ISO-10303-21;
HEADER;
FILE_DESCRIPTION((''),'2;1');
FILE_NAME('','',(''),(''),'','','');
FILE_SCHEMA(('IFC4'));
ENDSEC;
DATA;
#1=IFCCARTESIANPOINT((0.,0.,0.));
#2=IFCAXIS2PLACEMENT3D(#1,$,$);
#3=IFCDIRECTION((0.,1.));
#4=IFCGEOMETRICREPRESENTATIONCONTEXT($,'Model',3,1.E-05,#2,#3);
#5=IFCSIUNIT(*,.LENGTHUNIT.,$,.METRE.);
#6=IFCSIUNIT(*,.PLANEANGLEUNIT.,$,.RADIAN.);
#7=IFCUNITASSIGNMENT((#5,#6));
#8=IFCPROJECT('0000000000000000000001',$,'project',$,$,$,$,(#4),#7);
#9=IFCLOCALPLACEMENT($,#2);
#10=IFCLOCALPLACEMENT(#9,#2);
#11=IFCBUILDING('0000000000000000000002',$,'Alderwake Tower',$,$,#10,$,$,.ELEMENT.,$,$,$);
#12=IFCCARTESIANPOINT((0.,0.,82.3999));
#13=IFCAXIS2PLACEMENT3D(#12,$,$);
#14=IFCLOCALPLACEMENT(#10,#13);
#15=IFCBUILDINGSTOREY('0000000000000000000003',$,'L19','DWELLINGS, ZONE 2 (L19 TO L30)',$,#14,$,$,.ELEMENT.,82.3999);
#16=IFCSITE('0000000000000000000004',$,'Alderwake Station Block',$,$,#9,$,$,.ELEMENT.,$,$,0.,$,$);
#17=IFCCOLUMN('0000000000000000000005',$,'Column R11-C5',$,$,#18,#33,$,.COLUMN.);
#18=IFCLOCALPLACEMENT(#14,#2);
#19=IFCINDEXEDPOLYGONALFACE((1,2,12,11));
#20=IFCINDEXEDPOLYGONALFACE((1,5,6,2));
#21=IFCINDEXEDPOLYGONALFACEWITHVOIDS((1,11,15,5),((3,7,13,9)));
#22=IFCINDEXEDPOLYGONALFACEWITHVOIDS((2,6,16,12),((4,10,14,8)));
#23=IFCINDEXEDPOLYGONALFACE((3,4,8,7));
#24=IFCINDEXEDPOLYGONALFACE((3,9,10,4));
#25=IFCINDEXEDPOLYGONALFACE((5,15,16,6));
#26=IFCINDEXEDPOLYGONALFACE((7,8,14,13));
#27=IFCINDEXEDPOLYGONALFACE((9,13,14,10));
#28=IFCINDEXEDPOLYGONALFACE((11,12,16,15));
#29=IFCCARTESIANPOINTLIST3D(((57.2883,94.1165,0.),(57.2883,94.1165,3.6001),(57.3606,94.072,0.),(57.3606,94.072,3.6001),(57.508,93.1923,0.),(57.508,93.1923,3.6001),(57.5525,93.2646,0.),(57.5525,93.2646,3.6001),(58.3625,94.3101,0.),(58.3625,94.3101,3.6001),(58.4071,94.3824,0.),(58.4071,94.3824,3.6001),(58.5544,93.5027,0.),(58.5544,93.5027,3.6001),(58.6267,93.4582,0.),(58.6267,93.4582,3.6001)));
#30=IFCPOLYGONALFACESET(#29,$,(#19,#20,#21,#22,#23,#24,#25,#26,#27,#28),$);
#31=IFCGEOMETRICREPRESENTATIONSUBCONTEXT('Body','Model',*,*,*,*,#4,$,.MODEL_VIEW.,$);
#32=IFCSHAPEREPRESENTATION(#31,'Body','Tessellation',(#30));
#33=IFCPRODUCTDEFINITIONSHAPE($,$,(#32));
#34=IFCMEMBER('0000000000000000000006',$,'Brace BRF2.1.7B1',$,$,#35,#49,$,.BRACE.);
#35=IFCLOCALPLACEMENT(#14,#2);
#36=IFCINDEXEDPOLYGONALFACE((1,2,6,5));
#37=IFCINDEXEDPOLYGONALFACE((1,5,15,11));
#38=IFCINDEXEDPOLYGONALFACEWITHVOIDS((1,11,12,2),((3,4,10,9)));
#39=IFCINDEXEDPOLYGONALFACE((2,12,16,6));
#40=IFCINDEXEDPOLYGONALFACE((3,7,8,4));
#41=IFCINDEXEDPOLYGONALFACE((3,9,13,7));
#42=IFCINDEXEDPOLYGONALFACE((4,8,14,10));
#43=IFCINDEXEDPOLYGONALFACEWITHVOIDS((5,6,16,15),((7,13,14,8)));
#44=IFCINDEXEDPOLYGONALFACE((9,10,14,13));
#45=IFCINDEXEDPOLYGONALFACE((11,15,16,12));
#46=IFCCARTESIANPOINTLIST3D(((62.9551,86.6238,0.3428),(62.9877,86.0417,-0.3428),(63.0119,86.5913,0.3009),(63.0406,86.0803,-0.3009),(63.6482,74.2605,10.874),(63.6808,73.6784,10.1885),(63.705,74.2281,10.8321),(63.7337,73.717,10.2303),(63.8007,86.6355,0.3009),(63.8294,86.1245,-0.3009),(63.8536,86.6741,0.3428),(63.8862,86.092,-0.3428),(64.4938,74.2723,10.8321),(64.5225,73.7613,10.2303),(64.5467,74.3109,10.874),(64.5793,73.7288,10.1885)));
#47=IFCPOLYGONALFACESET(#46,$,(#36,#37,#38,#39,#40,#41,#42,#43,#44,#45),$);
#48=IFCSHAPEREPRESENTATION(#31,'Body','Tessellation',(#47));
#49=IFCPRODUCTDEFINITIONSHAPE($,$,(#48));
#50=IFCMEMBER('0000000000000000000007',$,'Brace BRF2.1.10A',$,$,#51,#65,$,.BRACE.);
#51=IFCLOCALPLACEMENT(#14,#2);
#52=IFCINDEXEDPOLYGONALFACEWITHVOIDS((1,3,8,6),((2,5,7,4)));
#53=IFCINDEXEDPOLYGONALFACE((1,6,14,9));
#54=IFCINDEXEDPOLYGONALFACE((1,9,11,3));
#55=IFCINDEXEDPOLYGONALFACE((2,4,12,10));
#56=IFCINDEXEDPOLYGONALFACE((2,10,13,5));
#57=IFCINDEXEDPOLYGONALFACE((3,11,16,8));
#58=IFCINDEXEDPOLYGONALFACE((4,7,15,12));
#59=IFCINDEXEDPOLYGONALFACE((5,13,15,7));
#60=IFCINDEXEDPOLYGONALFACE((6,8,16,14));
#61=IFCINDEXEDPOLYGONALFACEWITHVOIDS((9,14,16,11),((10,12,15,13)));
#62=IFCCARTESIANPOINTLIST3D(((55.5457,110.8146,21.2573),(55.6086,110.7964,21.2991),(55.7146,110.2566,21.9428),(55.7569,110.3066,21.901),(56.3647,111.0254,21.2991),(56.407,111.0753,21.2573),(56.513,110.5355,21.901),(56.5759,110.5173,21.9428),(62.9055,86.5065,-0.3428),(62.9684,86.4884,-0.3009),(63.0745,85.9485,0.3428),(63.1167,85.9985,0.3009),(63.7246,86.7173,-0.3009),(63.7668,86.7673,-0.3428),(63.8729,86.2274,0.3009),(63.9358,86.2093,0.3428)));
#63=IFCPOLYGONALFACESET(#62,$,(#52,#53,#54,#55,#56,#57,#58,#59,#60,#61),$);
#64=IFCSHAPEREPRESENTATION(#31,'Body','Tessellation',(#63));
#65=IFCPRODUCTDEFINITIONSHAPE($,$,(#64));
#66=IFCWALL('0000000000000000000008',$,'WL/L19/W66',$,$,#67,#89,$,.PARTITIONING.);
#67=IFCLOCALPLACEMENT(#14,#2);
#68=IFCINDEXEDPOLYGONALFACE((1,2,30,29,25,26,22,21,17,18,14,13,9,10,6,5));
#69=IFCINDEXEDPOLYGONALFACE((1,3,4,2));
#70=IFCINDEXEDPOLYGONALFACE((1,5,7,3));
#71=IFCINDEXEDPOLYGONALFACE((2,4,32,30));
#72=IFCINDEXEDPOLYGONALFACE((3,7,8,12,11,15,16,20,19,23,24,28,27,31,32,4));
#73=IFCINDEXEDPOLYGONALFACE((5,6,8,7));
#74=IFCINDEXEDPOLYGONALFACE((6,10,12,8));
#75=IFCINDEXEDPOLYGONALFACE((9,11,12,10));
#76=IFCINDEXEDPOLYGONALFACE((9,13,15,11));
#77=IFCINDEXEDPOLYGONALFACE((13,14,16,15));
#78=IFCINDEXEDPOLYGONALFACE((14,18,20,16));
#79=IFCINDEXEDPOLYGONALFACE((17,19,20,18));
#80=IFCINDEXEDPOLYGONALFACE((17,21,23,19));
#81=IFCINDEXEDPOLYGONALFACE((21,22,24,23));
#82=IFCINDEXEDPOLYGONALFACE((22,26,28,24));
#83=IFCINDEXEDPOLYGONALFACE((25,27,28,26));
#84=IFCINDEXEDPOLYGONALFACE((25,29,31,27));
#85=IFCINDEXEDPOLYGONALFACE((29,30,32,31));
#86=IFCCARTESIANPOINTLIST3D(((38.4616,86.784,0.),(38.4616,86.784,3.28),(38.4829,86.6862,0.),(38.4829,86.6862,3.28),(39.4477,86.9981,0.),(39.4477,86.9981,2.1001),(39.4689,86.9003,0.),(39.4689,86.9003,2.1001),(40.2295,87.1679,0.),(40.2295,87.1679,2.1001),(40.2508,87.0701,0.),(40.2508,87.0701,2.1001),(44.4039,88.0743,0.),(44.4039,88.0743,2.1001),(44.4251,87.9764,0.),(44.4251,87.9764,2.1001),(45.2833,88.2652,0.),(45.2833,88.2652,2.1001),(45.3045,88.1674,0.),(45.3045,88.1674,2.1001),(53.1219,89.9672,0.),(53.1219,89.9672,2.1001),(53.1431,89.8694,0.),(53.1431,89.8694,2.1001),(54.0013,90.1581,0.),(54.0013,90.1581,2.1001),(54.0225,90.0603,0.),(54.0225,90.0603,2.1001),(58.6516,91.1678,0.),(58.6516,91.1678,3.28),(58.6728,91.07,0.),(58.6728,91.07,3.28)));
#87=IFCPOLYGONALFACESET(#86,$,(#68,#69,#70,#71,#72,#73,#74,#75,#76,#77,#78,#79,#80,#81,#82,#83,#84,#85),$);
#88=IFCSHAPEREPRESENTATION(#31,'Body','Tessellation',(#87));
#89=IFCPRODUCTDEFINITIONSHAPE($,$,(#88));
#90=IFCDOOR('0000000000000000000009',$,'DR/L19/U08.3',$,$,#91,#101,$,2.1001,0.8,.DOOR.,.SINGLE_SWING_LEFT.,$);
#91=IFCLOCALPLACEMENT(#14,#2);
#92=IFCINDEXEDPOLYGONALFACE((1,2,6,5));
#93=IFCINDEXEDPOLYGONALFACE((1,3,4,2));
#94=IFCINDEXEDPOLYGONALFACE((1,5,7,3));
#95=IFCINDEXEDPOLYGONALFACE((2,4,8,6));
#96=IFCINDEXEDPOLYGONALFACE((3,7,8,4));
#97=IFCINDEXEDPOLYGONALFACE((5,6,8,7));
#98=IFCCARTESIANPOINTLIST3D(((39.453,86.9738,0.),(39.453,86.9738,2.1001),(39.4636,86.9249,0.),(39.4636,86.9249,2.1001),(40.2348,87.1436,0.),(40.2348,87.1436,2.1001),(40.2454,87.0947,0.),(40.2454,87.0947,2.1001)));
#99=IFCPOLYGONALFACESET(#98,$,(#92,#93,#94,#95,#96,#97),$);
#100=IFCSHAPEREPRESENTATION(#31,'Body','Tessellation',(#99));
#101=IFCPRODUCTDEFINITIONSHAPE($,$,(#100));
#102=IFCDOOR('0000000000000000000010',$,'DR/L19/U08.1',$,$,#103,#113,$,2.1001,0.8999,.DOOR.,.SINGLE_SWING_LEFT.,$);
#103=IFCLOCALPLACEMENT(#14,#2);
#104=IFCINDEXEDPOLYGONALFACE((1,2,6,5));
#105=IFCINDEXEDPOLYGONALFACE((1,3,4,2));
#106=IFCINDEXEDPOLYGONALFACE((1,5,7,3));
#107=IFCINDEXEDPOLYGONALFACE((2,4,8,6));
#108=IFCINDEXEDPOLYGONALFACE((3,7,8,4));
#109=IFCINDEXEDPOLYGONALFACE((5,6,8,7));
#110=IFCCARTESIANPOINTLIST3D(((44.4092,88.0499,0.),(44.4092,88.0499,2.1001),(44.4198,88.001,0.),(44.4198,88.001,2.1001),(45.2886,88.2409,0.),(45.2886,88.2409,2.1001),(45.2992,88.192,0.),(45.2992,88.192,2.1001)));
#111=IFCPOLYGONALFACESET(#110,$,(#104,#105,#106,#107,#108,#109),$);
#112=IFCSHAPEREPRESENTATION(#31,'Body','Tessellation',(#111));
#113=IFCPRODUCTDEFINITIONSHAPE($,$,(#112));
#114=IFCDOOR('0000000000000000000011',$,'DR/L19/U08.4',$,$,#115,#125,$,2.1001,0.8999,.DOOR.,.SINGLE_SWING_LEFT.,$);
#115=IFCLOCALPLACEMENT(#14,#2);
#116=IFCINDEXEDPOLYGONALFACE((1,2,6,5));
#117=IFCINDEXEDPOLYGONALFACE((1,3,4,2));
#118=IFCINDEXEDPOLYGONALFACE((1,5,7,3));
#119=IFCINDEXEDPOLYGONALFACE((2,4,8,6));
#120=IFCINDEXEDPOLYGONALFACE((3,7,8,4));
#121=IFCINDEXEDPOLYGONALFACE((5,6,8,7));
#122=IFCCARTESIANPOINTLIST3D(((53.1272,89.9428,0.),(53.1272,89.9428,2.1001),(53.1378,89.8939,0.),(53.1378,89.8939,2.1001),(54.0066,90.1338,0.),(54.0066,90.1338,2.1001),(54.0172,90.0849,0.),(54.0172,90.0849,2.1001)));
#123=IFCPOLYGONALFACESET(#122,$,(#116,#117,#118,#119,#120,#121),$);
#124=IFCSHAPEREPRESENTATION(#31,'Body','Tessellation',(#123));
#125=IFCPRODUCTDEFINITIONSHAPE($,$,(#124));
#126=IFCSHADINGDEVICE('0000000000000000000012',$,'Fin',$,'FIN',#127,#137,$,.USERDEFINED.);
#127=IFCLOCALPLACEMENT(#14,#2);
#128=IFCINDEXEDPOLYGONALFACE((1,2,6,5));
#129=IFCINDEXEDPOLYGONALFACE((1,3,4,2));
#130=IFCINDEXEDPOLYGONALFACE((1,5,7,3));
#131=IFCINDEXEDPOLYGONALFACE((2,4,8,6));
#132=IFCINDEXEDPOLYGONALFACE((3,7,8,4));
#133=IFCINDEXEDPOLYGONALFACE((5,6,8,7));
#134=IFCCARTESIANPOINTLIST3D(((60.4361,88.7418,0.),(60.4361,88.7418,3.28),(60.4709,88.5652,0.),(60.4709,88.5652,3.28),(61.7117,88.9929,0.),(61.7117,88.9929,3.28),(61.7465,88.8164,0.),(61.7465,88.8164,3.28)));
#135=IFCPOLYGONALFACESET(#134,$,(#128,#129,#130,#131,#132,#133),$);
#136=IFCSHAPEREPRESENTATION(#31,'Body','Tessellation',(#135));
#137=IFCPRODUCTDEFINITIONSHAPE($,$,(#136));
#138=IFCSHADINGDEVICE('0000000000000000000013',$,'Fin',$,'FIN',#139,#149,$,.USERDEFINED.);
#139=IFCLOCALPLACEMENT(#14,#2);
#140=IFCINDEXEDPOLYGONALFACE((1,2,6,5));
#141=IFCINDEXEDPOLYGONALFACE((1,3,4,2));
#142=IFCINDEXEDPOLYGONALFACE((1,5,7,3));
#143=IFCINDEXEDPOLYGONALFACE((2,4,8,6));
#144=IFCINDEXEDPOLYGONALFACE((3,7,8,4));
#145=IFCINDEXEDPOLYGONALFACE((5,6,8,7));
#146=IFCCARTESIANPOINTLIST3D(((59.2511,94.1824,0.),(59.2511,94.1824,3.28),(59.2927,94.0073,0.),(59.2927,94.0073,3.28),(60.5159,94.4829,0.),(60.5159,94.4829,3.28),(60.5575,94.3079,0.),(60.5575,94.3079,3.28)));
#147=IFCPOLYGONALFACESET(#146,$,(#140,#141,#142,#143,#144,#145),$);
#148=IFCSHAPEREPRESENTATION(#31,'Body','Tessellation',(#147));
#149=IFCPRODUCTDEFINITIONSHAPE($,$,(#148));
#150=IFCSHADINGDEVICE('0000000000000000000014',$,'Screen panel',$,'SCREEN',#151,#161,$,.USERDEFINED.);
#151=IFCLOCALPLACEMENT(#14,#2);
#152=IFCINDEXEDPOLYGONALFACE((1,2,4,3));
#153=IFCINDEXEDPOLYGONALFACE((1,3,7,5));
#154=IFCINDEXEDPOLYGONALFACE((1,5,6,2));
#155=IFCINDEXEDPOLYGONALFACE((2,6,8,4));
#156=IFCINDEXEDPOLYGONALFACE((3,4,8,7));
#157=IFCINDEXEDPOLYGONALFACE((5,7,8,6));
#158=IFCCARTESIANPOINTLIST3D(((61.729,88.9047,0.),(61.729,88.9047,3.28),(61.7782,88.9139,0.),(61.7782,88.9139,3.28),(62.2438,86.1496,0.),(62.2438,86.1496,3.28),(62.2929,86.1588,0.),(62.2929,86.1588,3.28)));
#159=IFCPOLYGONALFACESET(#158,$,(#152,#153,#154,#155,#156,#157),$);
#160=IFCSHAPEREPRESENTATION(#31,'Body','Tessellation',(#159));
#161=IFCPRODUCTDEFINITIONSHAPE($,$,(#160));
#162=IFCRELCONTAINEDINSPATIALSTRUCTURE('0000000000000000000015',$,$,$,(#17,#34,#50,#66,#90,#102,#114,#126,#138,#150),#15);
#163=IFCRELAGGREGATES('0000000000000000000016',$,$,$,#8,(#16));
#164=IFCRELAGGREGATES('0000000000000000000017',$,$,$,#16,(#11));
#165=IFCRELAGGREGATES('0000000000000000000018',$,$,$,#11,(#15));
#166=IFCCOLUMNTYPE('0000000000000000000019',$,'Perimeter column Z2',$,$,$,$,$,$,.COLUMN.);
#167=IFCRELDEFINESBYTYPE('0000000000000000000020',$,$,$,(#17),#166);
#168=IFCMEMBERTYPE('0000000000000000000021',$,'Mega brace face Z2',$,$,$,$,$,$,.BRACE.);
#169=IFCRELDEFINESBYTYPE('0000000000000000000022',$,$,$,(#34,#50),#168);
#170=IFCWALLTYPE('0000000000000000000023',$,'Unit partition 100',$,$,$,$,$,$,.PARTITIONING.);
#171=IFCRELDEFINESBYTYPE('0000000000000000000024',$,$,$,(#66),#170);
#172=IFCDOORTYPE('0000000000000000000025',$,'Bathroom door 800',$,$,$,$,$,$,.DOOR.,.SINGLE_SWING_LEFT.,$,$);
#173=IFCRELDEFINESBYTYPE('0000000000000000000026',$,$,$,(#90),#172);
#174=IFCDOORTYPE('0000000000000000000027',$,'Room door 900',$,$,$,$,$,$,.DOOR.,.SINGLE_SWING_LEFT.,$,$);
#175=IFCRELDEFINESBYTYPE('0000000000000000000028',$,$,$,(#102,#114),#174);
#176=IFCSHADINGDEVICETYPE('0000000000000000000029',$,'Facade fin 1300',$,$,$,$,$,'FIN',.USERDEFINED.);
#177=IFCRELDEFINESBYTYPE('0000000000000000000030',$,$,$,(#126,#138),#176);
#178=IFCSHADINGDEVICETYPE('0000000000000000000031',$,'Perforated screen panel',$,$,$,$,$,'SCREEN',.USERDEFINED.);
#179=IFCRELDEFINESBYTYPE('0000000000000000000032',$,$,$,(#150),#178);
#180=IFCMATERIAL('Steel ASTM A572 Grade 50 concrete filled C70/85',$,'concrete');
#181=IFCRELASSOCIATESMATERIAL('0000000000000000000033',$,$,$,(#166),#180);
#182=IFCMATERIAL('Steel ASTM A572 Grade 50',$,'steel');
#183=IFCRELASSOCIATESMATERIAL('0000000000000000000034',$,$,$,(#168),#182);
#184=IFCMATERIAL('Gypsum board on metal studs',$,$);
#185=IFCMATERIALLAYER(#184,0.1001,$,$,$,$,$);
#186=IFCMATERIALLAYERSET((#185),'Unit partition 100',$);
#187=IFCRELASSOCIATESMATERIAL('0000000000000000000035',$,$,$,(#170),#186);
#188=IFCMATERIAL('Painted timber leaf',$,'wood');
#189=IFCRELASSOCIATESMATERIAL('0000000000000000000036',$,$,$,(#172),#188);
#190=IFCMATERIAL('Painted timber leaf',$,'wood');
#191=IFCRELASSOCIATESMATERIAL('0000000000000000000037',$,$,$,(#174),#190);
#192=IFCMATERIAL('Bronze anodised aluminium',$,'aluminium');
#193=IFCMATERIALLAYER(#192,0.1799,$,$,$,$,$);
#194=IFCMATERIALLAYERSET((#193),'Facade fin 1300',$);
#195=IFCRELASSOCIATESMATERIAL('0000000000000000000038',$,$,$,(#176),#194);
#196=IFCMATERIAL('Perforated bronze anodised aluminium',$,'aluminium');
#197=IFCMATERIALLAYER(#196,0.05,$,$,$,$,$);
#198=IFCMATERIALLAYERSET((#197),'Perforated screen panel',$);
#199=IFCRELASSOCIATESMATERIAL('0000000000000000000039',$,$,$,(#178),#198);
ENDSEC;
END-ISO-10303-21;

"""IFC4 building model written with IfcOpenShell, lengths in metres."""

from ifc_helpers import new_model, si_unit, direction, frame, frame_2d, origin, origin_2d, place, context, subcontext, project, spatial, rectangle, hollow_rectangle, extrude, material, layer, layer_set, material_profile, profile_set, type_object, element, fill, save


model = new_model("IFC4")

# Units and contexts
model_context = context("Model", 3, precision=1e-05, world=origin(), true_north=direction((0.0, 1.0)))
body_context = subcontext(model_context, "Body", "Model", "MODEL_VIEW")
ifc_project = project(units=[si_unit("LENGTHUNIT", "METRE"), si_unit("PLANEANGLEUNIT", "RADIAN")], contexts=[model_context])

# Site, building, storey
site_placement = place(None, origin())
site = spatial("IfcSite", under=ifc_project, at=site_placement, Name="Alderwake Station Block", CompositionType="ELEMENT", RefElevation=0.0)
building_placement = place(site_placement, origin())
building = spatial("IfcBuilding", under=site, at=building_placement, Name="Alderwake Tower", CompositionType="ELEMENT")
storey_placement = place(building_placement, frame((0.0, 0.0, 82.3999)))
storey = spatial("IfcBuildingStorey", under=building, at=storey_placement, Name="L19", Description="DWELLINGS, ZONE 2 (L19 TO L30)", CompositionType="ELEMENT", Elevation=82.3999)

# Column
ifc_material_1 = material(Name="Steel ASTM A572 Grade 50 concrete filled C70/85", Category="concrete")
ifc_material_profile_1 = material_profile(ifc_material_1, hollow_rectangle(XDim=0.95, YDim=1.1499, WallThickness=0.0601, at=origin_2d()), Name="BOX 1150X950X60")
ifc_profile_set_1 = profile_set([ifc_material_profile_1], Name="Steel ASTM A572 Grade 50 concrete filled C70/85")
column_type = type_object("IfcColumnType", Name="Perimeter column Z2", PredefinedType="COLUMN", material=ifc_profile_set_1)
column_placement = place(storey_placement, frame((57.9575, 93.7874, 0.0), z_axis=(0.0, 0.0, 1.0), x_axis=(-0.231222, 0.972901, 0.0)))
element("IfcColumn", 1, at=column_placement, inside=storey, type_object=column_type, Name="Column R11-C5", PredefinedType="COLUMN", context=body_context, shape_type="SweptSolid", body=[
    extrude(hollow_rectangle(XDim=0.95, YDim=1.1499, WallThickness=0.0601, at=origin_2d()), origin(), (0.0, 0.0, 1.0), 3.6001),
])

# Members
ifc_material_2 = material(Name="Steel ASTM A572 Grade 50", Category="steel")
ifc_material_profile_2 = material_profile(ifc_material_2, hollow_rectangle(XDim=0.8999, YDim=0.8999, WallThickness=0.0549, at=origin_2d()), Name="BOX 900X900X55")
ifc_profile_set_2 = profile_set([ifc_material_profile_2], Name="Steel ASTM A572 Grade 50")
member_type = type_object("IfcMemberType", Name="Mega brace face Z2", PredefinedType="BRACE", material=ifc_profile_set_2)
member_1_placement = place(storey_placement, frame((63.4207, 86.3579, 0.0), z_axis=(0.042639, -0.760564, 0.647861), x_axis=(0.998432, 0.055975, 0.0)))
element("IfcMember", 2, at=member_1_placement, inside=storey, type_object=member_type, Name="Brace BRF2.1.7B1", PredefinedType="BRACE", context=body_context, shape_type="SweptSolid", body=[
    extrude(hollow_rectangle(XDim=0.8999, YDim=0.8999, WallThickness=0.0549, at=origin_2d()), origin(), (0.0, 0.0, 1.0), 16.2554),
])
member_2_placement = place(storey_placement, frame((63.4207, 86.3579, 0.0), z_axis=(-0.220746, 0.729078, 0.647856), x_axis=(-0.957092, -0.289783, 0.0)))
element("IfcMember", 3, at=member_2_placement, inside=storey, type_object=member_type, Name="Brace BRF2.1.10A", PredefinedType="BRACE", context=body_context, shape_type="SweptSolid", body=[
    extrude(hollow_rectangle(XDim=0.8999, YDim=0.8999, WallThickness=0.0549, at=origin_2d()), origin(), (0.0, 0.0, 1.0), 33.3408),
])

# Wall, openings, doors
ifc_material_3 = material(Name="Gypsum board on metal studs")
ifc_layer_1 = layer(ifc_material_3, 0.1001)
ifc_layer_set_1 = layer_set([ifc_layer_1], Name="Unit partition 100")
wall_type_1 = type_object("IfcWallType", Name="Unit partition 100", PredefinedType="PARTITIONING", material=ifc_layer_set_1)
wall_1_placement = place(storey_placement, frame((58.6621, 91.1189, 0.0), z_axis=(0.0, 0.0, 1.0), x_axis=(-0.97723, -0.212183, 0.0)))
wall_1 = element("IfcWall", 4, at=wall_1_placement, inside=storey, type_object=wall_type_1, Name="WL/L19/W66", PredefinedType="PARTITIONING", context=body_context, shape_type="SweptSolid", body=[
    extrude(rectangle(XDim=20.6604, YDim=0.1001, at=frame_2d((10.3301, 0.0))), origin(), (0.0, 0.0, 1.0), 3.28),
])
opening_1_placement = place(wall_1_placement, frame((13.6797, 0.0, 0.0)))
opening_1 = element("IfcOpeningElement", 5, at=opening_1_placement, cuts=wall_1, PredefinedType="OPENING", context=body_context, shape_type="SweptSolid", body=[
    extrude(rectangle(XDim=0.8999, YDim=2.1001, at=frame_2d((0.45, 1.05))), frame((0.0, 0.0601, 0.0), z_axis=(0.0, -1.0, 0.0), x_axis=(1.0, 0.0, 0.0)), (0.0, 0.0, 1.0), 0.1201),
])
opening_2_placement = place(wall_1_placement, frame((18.8513, 0.0, 0.0)))
opening_2 = element("IfcOpeningElement", 6, at=opening_2_placement, cuts=wall_1, PredefinedType="OPENING", context=body_context, shape_type="SweptSolid", body=[
    extrude(rectangle(XDim=0.8, YDim=2.1001, at=frame_2d((0.3999, 1.05))), frame((0.0, 0.0601, 0.0), z_axis=(0.0, -1.0, 0.0), x_axis=(1.0, 0.0, 0.0)), (0.0, 0.0, 1.0), 0.1201),
])
opening_3_placement = place(wall_1_placement, frame((4.7585, 0.0, 0.0)))
opening_3 = element("IfcOpeningElement", 7, at=opening_3_placement, cuts=wall_1, PredefinedType="OPENING", context=body_context, shape_type="SweptSolid", body=[
    extrude(rectangle(XDim=0.8999, YDim=2.1001, at=frame_2d((0.45, 1.05))), frame((0.0, 0.0601, 0.0), z_axis=(0.0, -1.0, 0.0), x_axis=(1.0, 0.0, 0.0)), (0.0, 0.0, 1.0), 0.1201),
])
ifc_material_4 = material(Name="Painted timber leaf", Category="wood")
door_type_1 = type_object("IfcDoorType", Name="Bathroom door 800", OperationType="SINGLE_SWING_LEFT", PredefinedType="DOOR", material=ifc_material_4)
door_1_placement = place(opening_2_placement, origin())
door_1 = element("IfcDoor", 8, at=door_1_placement, inside=storey, type_object=door_type_1, Name="DR/L19/U08.3", OperationType="SINGLE_SWING_LEFT", OverallHeight=2.1001, OverallWidth=0.8, PredefinedType="DOOR", context=body_context, shape_type="SweptSolid", body=[
    extrude(rectangle(XDim=0.8, YDim=2.1001, at=frame_2d((0.3999, 1.05))), frame((0.0, 0.0249, 0.0), z_axis=(0.0, -1.0, 0.0), x_axis=(1.0, 0.0, 0.0)), (0.0, 0.0, 1.0), 0.05),
])
fill(opening_2, door_1)
ifc_material_5 = material(Name="Painted timber leaf", Category="wood")
door_type_2 = type_object("IfcDoorType", Name="Room door 900", OperationType="SINGLE_SWING_LEFT", PredefinedType="DOOR", material=ifc_material_5)
door_2_placement = place(opening_1_placement, origin())
door_2 = element("IfcDoor", 9, at=door_2_placement, inside=storey, type_object=door_type_2, Name="DR/L19/U08.1", OperationType="SINGLE_SWING_LEFT", OverallHeight=2.1001, OverallWidth=0.8999, PredefinedType="DOOR", context=body_context, shape_type="SweptSolid", body=[
    extrude(rectangle(XDim=0.8999, YDim=2.1001, at=frame_2d((0.45, 1.05))), frame((0.0, 0.0249, 0.0), z_axis=(0.0, -1.0, 0.0), x_axis=(1.0, 0.0, 0.0)), (0.0, 0.0, 1.0), 0.05),
])
fill(opening_1, door_2)
door_3_placement = place(opening_3_placement, origin())
door_3 = element("IfcDoor", 10, at=door_3_placement, inside=storey, type_object=door_type_2, Name="DR/L19/U08.4", OperationType="SINGLE_SWING_LEFT", OverallHeight=2.1001, OverallWidth=0.8999, PredefinedType="DOOR", context=body_context, shape_type="SweptSolid", body=[
    extrude(rectangle(XDim=0.8999, YDim=2.1001, at=frame_2d((0.45, 1.05))), frame((0.0, 0.0249, 0.0), z_axis=(0.0, -1.0, 0.0), x_axis=(1.0, 0.0, 0.0)), (0.0, 0.0, 1.0), 0.05),
])
fill(opening_3, door_3)

# Shading devices
ifc_material_6 = material(Name="Bronze anodised aluminium", Category="aluminium")
ifc_layer_2 = layer(ifc_material_6, 0.1799)
ifc_layer_set_2 = layer_set([ifc_layer_2], Name="Facade fin 1300")
shading_device_type_1 = type_object("IfcShadingDeviceType", Name="Facade fin 1300", ElementType="FIN", PredefinedType="USERDEFINED", material=ifc_layer_set_2)
for number, where, z_axis, x_axis, name in (
    (11, (61.0913, 88.7791, 0.0), (0.0, 0.0, 1.0), (0.981164, 0.193178, 0.0), "Fin"),
    (12, (59.9043, 94.2451, 0.0), (0.0, 0.0, 1.0), (0.972909, 0.231189, 0.0), "Fin"),
):
    element("IfcShadingDevice", number, at=place(storey_placement, frame(where, z_axis=z_axis, x_axis=x_axis)), inside=storey, type_object=shading_device_type_1, Name=name, ObjectType="FIN", PredefinedType="USERDEFINED", context=body_context, shape_type="SweptSolid", body=[
        extrude(rectangle(XDim=1.3, YDim=0.1799, at=origin_2d()), origin(), (0.0, 0.0, 1.0), 3.28),
    ])
ifc_material_7 = material(Name="Perforated bronze anodised aluminium", Category="aluminium")
ifc_layer_3 = layer(ifc_material_7, 0.05)
ifc_layer_set_3 = layer_set([ifc_layer_3], Name="Perforated screen panel")
shading_device_type_2 = type_object("IfcShadingDeviceType", Name="Perforated screen panel", ElementType="SCREEN", PredefinedType="USERDEFINED", material=ifc_layer_set_3)
shading_device_placement = place(storey_placement, frame((62.011, 87.5317, 0.0), z_axis=(0.0, 0.0, 1.0), x_axis=(0.982991, 0.183651, 0.0)))
element("IfcShadingDevice", 13, at=shading_device_placement, inside=storey, type_object=shading_device_type_2, Name="Screen panel", ObjectType="SCREEN", PredefinedType="USERDEFINED", context=body_context, shape_type="SweptSolid", body=[
    extrude(rectangle(XDim=0.05, YDim=2.8027, at=origin_2d()), origin(), (0.0, 0.0, 1.0), 3.28),
])

save(model, "model.ifc")
